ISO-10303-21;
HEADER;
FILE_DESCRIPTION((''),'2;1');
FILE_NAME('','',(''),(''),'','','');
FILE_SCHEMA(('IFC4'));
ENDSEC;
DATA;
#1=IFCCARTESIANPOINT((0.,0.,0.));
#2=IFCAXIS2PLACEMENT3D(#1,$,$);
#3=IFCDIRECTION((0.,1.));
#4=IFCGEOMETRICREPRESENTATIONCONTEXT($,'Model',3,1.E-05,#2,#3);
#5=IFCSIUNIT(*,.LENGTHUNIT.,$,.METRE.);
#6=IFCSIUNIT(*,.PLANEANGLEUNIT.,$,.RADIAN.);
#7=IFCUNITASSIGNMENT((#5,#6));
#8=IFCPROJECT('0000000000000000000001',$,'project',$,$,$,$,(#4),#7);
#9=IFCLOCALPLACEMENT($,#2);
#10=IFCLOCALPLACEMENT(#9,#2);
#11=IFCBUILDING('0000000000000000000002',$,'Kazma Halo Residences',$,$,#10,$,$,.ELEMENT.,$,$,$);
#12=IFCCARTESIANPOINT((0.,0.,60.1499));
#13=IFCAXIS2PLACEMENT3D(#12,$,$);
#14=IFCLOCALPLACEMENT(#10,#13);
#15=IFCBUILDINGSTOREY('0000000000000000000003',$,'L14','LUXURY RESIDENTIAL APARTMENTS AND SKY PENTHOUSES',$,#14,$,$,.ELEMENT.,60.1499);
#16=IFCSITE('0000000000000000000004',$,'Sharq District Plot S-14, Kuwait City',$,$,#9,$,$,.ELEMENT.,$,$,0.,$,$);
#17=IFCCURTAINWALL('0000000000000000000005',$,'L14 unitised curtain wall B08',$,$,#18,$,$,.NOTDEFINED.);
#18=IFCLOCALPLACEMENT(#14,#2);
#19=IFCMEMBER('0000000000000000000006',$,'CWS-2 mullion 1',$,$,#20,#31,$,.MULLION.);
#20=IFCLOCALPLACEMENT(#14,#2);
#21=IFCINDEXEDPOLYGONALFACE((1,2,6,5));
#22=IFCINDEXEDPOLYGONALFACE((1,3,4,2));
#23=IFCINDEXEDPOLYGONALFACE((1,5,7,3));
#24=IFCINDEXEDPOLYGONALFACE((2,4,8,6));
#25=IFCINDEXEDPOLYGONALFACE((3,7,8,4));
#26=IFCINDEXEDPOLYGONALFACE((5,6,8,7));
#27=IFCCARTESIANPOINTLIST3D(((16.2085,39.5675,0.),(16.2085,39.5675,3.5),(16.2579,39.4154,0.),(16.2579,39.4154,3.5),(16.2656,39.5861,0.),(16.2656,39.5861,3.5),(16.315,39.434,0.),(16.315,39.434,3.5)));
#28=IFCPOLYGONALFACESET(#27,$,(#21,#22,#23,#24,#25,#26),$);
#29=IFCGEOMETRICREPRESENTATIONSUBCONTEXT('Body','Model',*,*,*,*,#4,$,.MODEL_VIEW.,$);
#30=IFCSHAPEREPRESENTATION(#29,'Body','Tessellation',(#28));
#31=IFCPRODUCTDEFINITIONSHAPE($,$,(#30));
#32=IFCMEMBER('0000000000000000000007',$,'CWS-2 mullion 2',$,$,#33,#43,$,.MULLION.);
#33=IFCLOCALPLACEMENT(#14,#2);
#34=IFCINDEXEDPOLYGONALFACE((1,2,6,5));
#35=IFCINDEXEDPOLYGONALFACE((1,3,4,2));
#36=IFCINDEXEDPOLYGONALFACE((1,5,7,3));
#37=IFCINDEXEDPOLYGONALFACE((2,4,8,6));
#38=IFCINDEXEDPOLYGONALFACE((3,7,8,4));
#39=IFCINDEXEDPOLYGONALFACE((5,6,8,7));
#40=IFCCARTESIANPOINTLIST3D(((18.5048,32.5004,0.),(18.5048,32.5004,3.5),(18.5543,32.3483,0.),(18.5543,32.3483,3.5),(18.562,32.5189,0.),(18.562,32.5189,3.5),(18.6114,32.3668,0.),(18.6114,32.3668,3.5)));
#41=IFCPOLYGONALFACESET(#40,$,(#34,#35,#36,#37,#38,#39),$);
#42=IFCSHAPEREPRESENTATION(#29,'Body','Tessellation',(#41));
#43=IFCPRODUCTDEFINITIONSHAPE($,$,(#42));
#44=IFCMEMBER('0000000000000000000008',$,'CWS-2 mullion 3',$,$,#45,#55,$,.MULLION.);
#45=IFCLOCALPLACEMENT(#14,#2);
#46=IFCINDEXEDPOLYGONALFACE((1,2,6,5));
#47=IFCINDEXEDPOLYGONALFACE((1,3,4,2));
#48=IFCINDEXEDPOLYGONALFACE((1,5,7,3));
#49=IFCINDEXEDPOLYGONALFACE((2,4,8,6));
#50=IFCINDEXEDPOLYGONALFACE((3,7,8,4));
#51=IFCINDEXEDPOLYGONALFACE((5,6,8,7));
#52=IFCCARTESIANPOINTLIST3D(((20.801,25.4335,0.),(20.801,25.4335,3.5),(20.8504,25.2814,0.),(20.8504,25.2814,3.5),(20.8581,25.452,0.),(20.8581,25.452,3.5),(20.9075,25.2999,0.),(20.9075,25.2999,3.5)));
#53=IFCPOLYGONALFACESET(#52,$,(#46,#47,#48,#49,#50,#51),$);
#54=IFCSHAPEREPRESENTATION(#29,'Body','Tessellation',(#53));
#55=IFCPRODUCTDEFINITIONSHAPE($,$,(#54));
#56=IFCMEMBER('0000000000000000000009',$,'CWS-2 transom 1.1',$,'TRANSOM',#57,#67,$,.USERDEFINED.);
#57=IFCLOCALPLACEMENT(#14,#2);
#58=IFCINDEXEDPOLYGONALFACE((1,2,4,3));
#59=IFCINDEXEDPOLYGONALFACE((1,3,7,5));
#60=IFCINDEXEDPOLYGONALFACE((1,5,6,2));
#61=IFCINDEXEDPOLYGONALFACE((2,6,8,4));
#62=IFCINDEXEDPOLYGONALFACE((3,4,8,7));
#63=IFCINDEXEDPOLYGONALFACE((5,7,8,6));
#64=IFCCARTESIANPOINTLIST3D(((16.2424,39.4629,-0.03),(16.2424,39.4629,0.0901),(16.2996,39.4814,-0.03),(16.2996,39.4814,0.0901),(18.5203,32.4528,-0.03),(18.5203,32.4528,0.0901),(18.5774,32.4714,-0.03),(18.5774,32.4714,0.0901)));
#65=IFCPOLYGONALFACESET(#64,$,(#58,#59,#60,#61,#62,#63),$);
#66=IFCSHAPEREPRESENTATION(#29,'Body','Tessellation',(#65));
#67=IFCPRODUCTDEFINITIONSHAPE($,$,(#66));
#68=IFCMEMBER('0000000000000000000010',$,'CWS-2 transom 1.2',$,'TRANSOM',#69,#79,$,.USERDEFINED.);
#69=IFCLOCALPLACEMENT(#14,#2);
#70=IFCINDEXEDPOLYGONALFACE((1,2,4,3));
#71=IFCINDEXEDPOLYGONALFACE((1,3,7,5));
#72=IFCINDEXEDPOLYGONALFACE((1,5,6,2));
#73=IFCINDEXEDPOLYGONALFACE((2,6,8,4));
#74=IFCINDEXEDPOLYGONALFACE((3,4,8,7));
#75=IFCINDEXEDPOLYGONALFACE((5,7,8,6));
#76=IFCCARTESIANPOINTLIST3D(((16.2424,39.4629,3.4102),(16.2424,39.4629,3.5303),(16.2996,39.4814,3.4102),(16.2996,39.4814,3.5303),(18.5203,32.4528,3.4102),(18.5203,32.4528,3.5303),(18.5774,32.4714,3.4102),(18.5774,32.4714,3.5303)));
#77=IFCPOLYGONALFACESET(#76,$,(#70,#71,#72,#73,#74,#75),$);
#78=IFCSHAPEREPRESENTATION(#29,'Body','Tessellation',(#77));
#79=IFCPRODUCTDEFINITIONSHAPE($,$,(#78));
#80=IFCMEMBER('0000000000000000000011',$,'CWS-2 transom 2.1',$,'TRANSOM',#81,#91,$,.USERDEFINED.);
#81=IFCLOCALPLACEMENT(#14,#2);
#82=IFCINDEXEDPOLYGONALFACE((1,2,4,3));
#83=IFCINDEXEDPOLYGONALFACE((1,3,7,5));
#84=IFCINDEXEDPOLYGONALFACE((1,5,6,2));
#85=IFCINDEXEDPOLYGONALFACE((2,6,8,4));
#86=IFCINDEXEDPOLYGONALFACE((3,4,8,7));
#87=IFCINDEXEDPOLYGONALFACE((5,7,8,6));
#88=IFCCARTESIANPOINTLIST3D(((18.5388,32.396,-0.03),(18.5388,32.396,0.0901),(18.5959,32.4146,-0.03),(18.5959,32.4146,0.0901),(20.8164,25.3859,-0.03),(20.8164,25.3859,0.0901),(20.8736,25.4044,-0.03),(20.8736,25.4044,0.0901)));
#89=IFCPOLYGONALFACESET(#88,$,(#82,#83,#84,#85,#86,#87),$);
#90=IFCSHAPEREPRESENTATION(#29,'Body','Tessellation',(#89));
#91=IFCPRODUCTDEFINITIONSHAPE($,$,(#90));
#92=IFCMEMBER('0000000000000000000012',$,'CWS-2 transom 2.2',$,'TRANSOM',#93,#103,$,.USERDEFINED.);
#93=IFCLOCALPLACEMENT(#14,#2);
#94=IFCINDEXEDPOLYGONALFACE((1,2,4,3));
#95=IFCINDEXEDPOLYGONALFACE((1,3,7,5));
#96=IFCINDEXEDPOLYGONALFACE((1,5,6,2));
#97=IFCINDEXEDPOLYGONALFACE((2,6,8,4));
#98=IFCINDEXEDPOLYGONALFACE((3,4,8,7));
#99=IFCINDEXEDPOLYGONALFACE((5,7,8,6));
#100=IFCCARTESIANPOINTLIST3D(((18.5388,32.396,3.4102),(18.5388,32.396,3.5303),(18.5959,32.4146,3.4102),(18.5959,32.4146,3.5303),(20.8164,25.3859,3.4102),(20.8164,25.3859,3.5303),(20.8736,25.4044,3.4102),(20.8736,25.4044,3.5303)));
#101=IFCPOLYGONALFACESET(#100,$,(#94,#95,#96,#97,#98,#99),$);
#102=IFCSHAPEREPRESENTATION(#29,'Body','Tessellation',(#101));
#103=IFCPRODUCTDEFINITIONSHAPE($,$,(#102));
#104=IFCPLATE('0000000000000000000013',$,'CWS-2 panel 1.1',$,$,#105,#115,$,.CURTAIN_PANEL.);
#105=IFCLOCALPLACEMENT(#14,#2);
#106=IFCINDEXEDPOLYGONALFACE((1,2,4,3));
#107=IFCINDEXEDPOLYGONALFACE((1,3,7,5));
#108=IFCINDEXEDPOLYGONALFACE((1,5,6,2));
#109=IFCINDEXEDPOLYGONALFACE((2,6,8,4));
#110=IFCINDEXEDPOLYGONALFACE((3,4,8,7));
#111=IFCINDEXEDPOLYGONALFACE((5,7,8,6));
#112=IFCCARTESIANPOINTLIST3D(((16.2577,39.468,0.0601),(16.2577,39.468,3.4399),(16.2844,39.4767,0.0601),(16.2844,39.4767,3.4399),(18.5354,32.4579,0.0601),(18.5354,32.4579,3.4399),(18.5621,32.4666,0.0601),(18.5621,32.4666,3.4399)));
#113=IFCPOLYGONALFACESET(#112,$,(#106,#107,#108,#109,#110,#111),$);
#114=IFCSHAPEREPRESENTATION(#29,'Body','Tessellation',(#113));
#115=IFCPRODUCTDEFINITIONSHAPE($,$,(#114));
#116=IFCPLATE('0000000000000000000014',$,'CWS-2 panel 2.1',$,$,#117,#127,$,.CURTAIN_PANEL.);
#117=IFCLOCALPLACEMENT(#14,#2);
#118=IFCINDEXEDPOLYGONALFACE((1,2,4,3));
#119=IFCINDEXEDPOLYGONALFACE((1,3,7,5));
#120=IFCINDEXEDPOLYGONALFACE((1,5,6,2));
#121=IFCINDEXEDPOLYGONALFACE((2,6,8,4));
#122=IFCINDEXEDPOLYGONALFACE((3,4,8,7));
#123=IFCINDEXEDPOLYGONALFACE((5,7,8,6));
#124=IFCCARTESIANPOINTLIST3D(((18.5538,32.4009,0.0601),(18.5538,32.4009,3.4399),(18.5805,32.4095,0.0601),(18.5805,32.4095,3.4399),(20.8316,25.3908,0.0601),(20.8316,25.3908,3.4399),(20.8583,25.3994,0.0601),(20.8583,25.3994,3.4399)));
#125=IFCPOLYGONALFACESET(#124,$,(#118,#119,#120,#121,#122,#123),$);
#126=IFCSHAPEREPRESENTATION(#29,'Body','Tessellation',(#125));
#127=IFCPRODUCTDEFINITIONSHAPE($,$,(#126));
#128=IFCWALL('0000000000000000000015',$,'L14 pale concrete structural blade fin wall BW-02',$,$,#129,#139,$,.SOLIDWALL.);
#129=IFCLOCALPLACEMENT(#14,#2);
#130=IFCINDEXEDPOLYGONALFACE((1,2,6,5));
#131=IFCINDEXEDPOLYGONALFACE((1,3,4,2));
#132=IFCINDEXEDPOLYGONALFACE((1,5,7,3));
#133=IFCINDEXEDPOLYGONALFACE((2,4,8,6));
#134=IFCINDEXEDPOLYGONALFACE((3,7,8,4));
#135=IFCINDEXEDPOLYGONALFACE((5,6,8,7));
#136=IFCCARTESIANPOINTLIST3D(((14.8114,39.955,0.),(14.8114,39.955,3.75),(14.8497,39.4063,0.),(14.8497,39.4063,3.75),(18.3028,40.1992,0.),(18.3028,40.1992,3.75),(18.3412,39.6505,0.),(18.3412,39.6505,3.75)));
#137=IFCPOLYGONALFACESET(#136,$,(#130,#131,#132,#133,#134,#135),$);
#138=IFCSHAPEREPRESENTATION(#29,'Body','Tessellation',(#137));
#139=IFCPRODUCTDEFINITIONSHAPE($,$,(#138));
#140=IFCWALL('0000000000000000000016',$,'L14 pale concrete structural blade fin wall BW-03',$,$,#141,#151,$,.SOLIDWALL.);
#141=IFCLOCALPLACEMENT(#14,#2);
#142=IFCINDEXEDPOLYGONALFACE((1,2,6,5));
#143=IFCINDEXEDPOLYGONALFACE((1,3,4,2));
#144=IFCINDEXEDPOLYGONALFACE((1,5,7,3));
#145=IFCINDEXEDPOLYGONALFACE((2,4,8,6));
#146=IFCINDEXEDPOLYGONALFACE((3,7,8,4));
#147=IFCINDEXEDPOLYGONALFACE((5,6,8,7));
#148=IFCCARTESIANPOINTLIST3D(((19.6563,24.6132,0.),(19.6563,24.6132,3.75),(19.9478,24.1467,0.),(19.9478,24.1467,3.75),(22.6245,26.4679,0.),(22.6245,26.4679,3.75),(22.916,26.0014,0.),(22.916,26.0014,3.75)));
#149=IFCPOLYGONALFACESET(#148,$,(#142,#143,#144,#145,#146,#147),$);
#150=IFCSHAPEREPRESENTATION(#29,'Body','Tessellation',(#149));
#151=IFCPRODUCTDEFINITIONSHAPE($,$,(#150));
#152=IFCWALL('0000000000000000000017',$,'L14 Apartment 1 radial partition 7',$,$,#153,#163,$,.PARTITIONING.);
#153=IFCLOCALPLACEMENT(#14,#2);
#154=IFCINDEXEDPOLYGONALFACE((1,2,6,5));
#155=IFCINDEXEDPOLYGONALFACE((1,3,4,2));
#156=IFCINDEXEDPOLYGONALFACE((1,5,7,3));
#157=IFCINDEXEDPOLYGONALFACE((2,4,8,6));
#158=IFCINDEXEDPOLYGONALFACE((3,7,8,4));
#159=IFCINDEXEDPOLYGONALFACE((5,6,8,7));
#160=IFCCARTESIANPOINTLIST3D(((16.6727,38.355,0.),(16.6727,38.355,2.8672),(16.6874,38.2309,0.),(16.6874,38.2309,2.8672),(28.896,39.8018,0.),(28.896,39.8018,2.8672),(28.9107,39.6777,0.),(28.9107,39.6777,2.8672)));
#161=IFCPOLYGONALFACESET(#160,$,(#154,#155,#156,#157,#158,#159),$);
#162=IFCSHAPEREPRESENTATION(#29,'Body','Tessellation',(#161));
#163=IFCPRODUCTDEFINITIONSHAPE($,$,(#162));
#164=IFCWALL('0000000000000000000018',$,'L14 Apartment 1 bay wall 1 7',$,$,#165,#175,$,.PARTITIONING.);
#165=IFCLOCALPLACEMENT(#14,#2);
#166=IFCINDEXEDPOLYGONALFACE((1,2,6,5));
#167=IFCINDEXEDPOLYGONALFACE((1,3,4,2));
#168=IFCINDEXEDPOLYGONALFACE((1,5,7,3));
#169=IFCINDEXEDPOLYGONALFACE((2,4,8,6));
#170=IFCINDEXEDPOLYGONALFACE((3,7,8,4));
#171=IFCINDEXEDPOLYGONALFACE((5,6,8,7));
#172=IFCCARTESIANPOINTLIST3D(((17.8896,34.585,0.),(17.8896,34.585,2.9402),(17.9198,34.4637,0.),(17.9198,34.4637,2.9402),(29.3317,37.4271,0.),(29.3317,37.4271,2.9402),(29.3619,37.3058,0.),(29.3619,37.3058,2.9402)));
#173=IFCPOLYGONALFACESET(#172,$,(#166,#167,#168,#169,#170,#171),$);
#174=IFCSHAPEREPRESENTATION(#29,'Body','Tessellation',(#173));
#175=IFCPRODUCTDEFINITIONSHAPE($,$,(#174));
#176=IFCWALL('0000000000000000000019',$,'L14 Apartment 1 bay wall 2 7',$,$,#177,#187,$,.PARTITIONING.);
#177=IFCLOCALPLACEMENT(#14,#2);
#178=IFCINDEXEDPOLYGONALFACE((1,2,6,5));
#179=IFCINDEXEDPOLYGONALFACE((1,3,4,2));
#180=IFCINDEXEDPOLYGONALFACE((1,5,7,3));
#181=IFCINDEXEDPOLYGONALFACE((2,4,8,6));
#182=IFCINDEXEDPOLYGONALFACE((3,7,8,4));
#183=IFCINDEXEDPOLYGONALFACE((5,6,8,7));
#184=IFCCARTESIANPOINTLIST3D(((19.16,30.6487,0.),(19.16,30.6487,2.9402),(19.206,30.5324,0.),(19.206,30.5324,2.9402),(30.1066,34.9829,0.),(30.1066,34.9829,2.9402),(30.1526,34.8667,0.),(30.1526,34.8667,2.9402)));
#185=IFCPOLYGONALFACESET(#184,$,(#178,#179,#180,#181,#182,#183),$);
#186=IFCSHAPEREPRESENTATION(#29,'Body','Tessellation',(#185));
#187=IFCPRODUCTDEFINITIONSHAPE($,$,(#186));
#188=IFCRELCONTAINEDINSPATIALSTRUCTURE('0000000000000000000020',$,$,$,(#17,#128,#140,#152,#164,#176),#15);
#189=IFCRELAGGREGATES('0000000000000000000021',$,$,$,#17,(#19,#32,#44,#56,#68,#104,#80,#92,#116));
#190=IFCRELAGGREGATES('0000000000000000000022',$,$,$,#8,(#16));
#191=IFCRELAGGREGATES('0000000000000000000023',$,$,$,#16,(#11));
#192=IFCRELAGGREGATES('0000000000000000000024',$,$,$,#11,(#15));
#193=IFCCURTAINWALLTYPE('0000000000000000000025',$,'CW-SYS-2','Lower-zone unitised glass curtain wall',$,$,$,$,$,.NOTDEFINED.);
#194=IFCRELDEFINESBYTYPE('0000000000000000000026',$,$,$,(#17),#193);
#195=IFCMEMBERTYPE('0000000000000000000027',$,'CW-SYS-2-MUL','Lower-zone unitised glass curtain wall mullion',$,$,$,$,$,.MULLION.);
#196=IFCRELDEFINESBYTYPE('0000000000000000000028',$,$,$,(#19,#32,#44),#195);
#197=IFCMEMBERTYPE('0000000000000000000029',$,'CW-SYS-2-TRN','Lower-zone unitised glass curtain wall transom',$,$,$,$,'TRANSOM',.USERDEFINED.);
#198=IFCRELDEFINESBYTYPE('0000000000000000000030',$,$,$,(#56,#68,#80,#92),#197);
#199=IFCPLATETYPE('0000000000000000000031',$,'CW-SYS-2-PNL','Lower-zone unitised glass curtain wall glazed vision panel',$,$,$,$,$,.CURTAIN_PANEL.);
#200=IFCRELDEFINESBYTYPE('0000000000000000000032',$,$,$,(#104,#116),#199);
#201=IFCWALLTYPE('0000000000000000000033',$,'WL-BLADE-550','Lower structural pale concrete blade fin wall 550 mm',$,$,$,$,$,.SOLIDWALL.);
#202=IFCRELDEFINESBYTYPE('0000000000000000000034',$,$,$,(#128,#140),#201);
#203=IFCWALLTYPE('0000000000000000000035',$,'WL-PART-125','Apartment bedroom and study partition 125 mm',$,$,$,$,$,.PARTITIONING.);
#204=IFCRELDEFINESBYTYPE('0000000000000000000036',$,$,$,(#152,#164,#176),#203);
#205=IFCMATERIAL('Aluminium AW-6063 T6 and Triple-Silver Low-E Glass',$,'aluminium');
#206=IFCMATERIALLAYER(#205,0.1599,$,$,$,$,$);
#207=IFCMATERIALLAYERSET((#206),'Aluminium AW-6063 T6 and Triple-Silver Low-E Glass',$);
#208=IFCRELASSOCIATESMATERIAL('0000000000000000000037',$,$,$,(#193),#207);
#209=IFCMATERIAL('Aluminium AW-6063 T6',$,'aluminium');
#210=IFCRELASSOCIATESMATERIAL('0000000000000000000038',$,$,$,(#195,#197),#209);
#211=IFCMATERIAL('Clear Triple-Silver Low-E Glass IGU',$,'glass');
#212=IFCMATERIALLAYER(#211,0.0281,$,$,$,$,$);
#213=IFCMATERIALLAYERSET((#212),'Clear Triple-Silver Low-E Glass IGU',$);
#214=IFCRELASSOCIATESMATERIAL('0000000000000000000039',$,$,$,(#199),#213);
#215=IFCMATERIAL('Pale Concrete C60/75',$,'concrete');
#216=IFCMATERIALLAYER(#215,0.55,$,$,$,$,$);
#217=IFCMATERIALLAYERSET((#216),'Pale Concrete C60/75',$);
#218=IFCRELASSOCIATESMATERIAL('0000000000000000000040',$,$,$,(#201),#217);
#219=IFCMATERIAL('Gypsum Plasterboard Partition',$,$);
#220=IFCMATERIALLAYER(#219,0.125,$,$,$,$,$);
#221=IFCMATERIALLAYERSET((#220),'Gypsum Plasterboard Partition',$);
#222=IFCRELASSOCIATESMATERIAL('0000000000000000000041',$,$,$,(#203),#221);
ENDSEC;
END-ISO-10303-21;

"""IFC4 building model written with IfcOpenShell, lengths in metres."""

from ifc_helpers import new_model, si_unit, direction, frame, frame_2d, origin, origin_2d, place, context, subcontext, project, spatial, rectangle, extrude, material, layer, layer_set, material_profile, profile_set, type_object, element, aggregate, save


model = new_model("IFC4")

# Units and contexts
model_context = context("Model", 3, precision=1e-05, world=origin(), true_north=direction((0.0, 1.0)))
body_context = subcontext(model_context, "Body", "Model", "MODEL_VIEW")
ifc_project = project(units=[si_unit("LENGTHUNIT", "METRE"), si_unit("PLANEANGLEUNIT", "RADIAN")], contexts=[model_context])

# Site, building, storey
site_placement = place(None, origin())
site = spatial("IfcSite", under=ifc_project, at=site_placement, Name="Sharq District Plot S-14, Kuwait City", CompositionType="ELEMENT", RefElevation=0.0)
building_placement = place(site_placement, origin())
building = spatial("IfcBuilding", under=site, at=building_placement, Name="Kazma Halo Residences", CompositionType="ELEMENT")
storey_placement = place(building_placement, frame((0.0, 0.0, 60.1499)))
storey = spatial("IfcBuildingStorey", under=building, at=storey_placement, Name="L14", Description="LUXURY RESIDENTIAL APARTMENTS AND SKY PENTHOUSES", CompositionType="ELEMENT", Elevation=60.1499)

# Curtain wall, members, plates
ifc_material_1 = material(Name="Aluminium AW-6063 T6 and Triple-Silver Low-E Glass", Category="aluminium")
ifc_layer_1 = layer(ifc_material_1, 0.1599)
ifc_layer_set_1 = layer_set([ifc_layer_1], Name="Aluminium AW-6063 T6 and Triple-Silver Low-E Glass")
curtain_wall_type = type_object("IfcCurtainWallType", Name="CW-SYS-2", Description="Lower-zone unitised glass curtain wall", PredefinedType="NOTDEFINED", material=ifc_layer_set_1)
curtain_wall_placement = place(storey_placement, origin())
curtain_wall = element("IfcCurtainWall", 1, at=curtain_wall_placement, inside=storey, type_object=curtain_wall_type, Name="L14 unitised curtain wall B08", PredefinedType="NOTDEFINED")
ifc_material_2 = material(Name="Aluminium AW-6063 T6", Category="aluminium")
ifc_material_profile_1 = material_profile(ifc_material_2, rectangle(XDim=0.0601, YDim=0.1599, at=origin_2d()), Name="CWM-60x160")
ifc_profile_set_1 = profile_set([ifc_material_profile_1], Name="Aluminium AW-6063 T6")
member_type_1 = type_object("IfcMemberType", Name="CW-SYS-2-MUL", Description="Lower-zone unitised glass curtain wall mullion", PredefinedType="MULLION", material=ifc_profile_set_1)
member_1_placement = place(storey_placement, frame((16.2617, 39.5007, 0.0), z_axis=(0.0, 0.0, 1.0), x_axis=(0.951057, 0.309017, 0.0)))
member_1 = element("IfcMember", 2, at=member_1_placement, type_object=member_type_1, Name="CWS-2 mullion 1", PredefinedType="MULLION", context=body_context, shape_type="SweptSolid", body=[
    extrude(rectangle(XDim=0.0601, YDim=0.1599, at=origin_2d()), origin(), (0.0, 0.0, 1.0), 3.5),
])
member_2_placement = place(storey_placement, frame((18.5581, 32.4336, 0.0), z_axis=(0.0, 0.0, 1.0), x_axis=(0.951057, 0.309017, 0.0)))
member_2 = element("IfcMember", 3, at=member_2_placement, type_object=member_type_1, Name="CWS-2 mullion 2", PredefinedType="MULLION", context=body_context, shape_type="SweptSolid", body=[
    extrude(rectangle(XDim=0.0601, YDim=0.1599, at=origin_2d()), origin(), (0.0, 0.0, 1.0), 3.5),
])
member_3_placement = place(storey_placement, frame((20.8542, 25.3667, 0.0), z_axis=(0.0, 0.0, 1.0), x_axis=(0.951057, 0.309017, 0.0)))
member_3 = element("IfcMember", 4, at=member_3_placement, type_object=member_type_1, Name="CWS-2 mullion 3", PredefinedType="MULLION", context=body_context, shape_type="SweptSolid", body=[
    extrude(rectangle(XDim=0.0601, YDim=0.1599, at=origin_2d()), origin(), (0.0, 0.0, 1.0), 3.5),
])
ifc_material_profile_2 = material_profile(ifc_material_2, rectangle(XDim=0.0601, YDim=0.1201, at=origin_2d()), Name="CWT-60x120")
ifc_profile_set_2 = profile_set([ifc_material_profile_2], Name="Aluminium AW-6063 T6")
member_type_2 = type_object("IfcMemberType", Name="CW-SYS-2-TRN", Description="Lower-zone unitised glass curtain wall transom", ElementType="TRANSOM", PredefinedType="USERDEFINED", material=ifc_profile_set_2)
member_4_placement = place(storey_placement, frame((16.271, 39.4722, 0.03), z_axis=(0.309034, -0.951051, 0.0), x_axis=(0.951051, 0.309034, 0.0)))
member_4 = element("IfcMember", 5, at=member_4_placement, type_object=member_type_2, Name="CWS-2 transom 1.1", ObjectType="TRANSOM", PredefinedType="USERDEFINED", context=body_context, shape_type="SweptSolid", body=[
    extrude(rectangle(XDim=0.0601, YDim=0.1201, at=origin_2d()), origin(), (0.0, 0.0, 1.0), 7.3708),
])
member_5_placement = place(storey_placement, frame((16.271, 39.4722, 3.4702), z_axis=(0.309034, -0.951051, 0.0), x_axis=(0.951051, 0.309034, 0.0)))
member_5 = element("IfcMember", 6, at=member_5_placement, type_object=member_type_2, Name="CWS-2 transom 1.2", ObjectType="TRANSOM", PredefinedType="USERDEFINED", context=body_context, shape_type="SweptSolid", body=[
    extrude(rectangle(XDim=0.0601, YDim=0.1201, at=origin_2d()), origin(), (0.0, 0.0, 1.0), 7.3708),
])
member_6_placement = place(storey_placement, frame((18.5674, 32.4053, 0.03), z_axis=(0.309004, -0.951061, 0.0), x_axis=(0.951061, 0.309004, 0.0)))
member_6 = element("IfcMember", 7, at=member_6_placement, type_object=member_type_2, Name="CWS-2 transom 2.1", ObjectType="TRANSOM", PredefinedType="USERDEFINED", context=body_context, shape_type="SweptSolid", body=[
    extrude(rectangle(XDim=0.0601, YDim=0.1201, at=origin_2d()), origin(), (0.0, 0.0, 1.0), 7.3708),
])
member_7_placement = place(storey_placement, frame((18.5674, 32.4053, 3.4702), z_axis=(0.309004, -0.951061, 0.0), x_axis=(0.951061, 0.309004, 0.0)))
member_7 = element("IfcMember", 8, at=member_7_placement, type_object=member_type_2, Name="CWS-2 transom 2.2", ObjectType="TRANSOM", PredefinedType="USERDEFINED", context=body_context, shape_type="SweptSolid", body=[
    extrude(rectangle(XDim=0.0601, YDim=0.1201, at=origin_2d()), origin(), (0.0, 0.0, 1.0), 7.3708),
])
ifc_material_3 = material(Name="Clear Triple-Silver Low-E Glass IGU", Category="glass")
ifc_layer_2 = layer(ifc_material_3, 0.0281)
ifc_layer_set_2 = layer_set([ifc_layer_2], Name="Clear Triple-Silver Low-E Glass IGU")
plate_type = type_object("IfcPlateType", Name="CW-SYS-2-PNL", Description="Lower-zone unitised glass curtain wall glazed vision panel", PredefinedType="CURTAIN_PANEL", material=ifc_layer_set_2)
plate_1_placement = place(storey_placement, frame((17.4099, 35.9673, 0.0601), z_axis=(0.0, 0.0, 1.0), x_axis=(0.309017, -0.951057, 0.0)))
plate_1 = element("IfcPlate", 9, at=plate_1_placement, type_object=plate_type, Name="CWS-2 panel 1.1", PredefinedType="CURTAIN_PANEL", context=body_context, shape_type="SweptSolid", body=[
    extrude(rectangle(XDim=7.3708, YDim=0.0281, at=origin_2d()), origin(), (0.0, 0.0, 1.0), 3.3799),
])
plate_2_placement = place(storey_placement, frame((19.7061, 28.9001, 0.0601), z_axis=(0.0, 0.0, 1.0), x_axis=(0.309017, -0.951057, 0.0)))
plate_2 = element("IfcPlate", 10, at=plate_2_placement, type_object=plate_type, Name="CWS-2 panel 2.1", PredefinedType="CURTAIN_PANEL", context=body_context, shape_type="SweptSolid", body=[
    extrude(rectangle(XDim=7.3708, YDim=0.0281, at=origin_2d()), origin(), (0.0, 0.0, 1.0), 3.3799),
])
aggregate(curtain_wall, [member_1, member_2, member_3, member_4, member_5, plate_1, member_6, member_7, plate_2])

# Walls
ifc_material_4 = material(Name="Pale Concrete C60/75", Category="concrete")
ifc_layer_3 = layer(ifc_material_4, 0.55)
ifc_layer_set_3 = layer_set([ifc_layer_3], Name="Pale Concrete C60/75")
wall_type_1 = type_object("IfcWallType", Name="WL-BLADE-550", Description="Lower structural pale concrete blade fin wall 550 mm", PredefinedType="SOLIDWALL", material=ifc_layer_set_3)
for number, where, z_axis, x_axis, name in (
    (11, (18.322, 39.9248, 0.0), (0.0, 0.0, 1.0), (-0.997564, -0.069755, 0.0), "L14 pale concrete structural blade fin wall BW-02"),
    (12, (22.7703, 26.2346, 0.0), (0.0, 0.0, 1.0), (-0.848053, -0.529911, 0.0), "L14 pale concrete structural blade fin wall BW-03"),
):
    element("IfcWall", number, at=place(storey_placement, frame(where, z_axis=z_axis, x_axis=x_axis)), inside=storey, type_object=wall_type_1, Name=name, PredefinedType="SOLIDWALL", context=body_context, shape_type="SweptSolid", body=[
        extrude(rectangle(XDim=3.5, YDim=0.55, at=frame_2d((1.75, 0.0))), origin(), (0.0, 0.0, 1.0), 3.75),
    ])
ifc_material_5 = material(Name="Gypsum Plasterboard Partition")
ifc_layer_4 = layer(ifc_material_5, 0.125)
ifc_layer_set_4 = layer_set([ifc_layer_4], Name="Gypsum Plasterboard Partition")
wall_type_2 = type_object("IfcWallType", Name="WL-PART-125", Description="Apartment bedroom and study partition 125 mm", PredefinedType="PARTITIONING", material=ifc_layer_set_4)
wall_1_placement = place(storey_placement, frame((28.9033, 39.7397, 0.0), z_axis=(0.0, 0.0, 1.0), x_axis=(-0.993068, -0.117541, 0.0)))
element("IfcWall", 13, at=wall_1_placement, inside=storey, type_object=wall_type_2, Name="L14 Apartment 1 radial partition 7", PredefinedType="PARTITIONING", context=body_context, shape_type="SweptSolid", body=[
    extrude(rectangle(XDim=12.3086, YDim=0.125, at=frame_2d((6.1543, 0.0))), origin(), (0.0, 0.0, 1.0), 2.8672),
])
wall_2_placement = place(storey_placement, frame((29.3469, 37.3665, 0.0), z_axis=(0.0, 0.0, 1.0), x_axis=(-0.97051, -0.241059, 0.0)))
element("IfcWall", 14, at=wall_2_placement, inside=storey, type_object=wall_type_2, Name="L14 Apartment 1 bay wall 1 7", PredefinedType="PARTITIONING", context=body_context, shape_type="SweptSolid", body=[
    extrude(rectangle(XDim=11.7898, YDim=0.125, at=frame_2d((5.895, 0.0))), origin(), (0.0, 0.0, 1.0), 2.9402),
])
wall_3_placement = place(storey_placement, frame((30.1296, 34.9248, 0.0), z_axis=(0.0, 0.0, 1.0), x_axis=(-0.929771, -0.368138, 0.0)))
element("IfcWall", 15, at=wall_3_placement, inside=storey, type_object=wall_type_2, Name="L14 Apartment 1 bay wall 2 7", PredefinedType="PARTITIONING", context=body_context, shape_type="SweptSolid", body=[
    extrude(rectangle(XDim=11.7734, YDim=0.125, at=frame_2d((5.8867, 0.0))), origin(), (0.0, 0.0, 1.0), 2.9402),
])

save(model, "model.ifc")
